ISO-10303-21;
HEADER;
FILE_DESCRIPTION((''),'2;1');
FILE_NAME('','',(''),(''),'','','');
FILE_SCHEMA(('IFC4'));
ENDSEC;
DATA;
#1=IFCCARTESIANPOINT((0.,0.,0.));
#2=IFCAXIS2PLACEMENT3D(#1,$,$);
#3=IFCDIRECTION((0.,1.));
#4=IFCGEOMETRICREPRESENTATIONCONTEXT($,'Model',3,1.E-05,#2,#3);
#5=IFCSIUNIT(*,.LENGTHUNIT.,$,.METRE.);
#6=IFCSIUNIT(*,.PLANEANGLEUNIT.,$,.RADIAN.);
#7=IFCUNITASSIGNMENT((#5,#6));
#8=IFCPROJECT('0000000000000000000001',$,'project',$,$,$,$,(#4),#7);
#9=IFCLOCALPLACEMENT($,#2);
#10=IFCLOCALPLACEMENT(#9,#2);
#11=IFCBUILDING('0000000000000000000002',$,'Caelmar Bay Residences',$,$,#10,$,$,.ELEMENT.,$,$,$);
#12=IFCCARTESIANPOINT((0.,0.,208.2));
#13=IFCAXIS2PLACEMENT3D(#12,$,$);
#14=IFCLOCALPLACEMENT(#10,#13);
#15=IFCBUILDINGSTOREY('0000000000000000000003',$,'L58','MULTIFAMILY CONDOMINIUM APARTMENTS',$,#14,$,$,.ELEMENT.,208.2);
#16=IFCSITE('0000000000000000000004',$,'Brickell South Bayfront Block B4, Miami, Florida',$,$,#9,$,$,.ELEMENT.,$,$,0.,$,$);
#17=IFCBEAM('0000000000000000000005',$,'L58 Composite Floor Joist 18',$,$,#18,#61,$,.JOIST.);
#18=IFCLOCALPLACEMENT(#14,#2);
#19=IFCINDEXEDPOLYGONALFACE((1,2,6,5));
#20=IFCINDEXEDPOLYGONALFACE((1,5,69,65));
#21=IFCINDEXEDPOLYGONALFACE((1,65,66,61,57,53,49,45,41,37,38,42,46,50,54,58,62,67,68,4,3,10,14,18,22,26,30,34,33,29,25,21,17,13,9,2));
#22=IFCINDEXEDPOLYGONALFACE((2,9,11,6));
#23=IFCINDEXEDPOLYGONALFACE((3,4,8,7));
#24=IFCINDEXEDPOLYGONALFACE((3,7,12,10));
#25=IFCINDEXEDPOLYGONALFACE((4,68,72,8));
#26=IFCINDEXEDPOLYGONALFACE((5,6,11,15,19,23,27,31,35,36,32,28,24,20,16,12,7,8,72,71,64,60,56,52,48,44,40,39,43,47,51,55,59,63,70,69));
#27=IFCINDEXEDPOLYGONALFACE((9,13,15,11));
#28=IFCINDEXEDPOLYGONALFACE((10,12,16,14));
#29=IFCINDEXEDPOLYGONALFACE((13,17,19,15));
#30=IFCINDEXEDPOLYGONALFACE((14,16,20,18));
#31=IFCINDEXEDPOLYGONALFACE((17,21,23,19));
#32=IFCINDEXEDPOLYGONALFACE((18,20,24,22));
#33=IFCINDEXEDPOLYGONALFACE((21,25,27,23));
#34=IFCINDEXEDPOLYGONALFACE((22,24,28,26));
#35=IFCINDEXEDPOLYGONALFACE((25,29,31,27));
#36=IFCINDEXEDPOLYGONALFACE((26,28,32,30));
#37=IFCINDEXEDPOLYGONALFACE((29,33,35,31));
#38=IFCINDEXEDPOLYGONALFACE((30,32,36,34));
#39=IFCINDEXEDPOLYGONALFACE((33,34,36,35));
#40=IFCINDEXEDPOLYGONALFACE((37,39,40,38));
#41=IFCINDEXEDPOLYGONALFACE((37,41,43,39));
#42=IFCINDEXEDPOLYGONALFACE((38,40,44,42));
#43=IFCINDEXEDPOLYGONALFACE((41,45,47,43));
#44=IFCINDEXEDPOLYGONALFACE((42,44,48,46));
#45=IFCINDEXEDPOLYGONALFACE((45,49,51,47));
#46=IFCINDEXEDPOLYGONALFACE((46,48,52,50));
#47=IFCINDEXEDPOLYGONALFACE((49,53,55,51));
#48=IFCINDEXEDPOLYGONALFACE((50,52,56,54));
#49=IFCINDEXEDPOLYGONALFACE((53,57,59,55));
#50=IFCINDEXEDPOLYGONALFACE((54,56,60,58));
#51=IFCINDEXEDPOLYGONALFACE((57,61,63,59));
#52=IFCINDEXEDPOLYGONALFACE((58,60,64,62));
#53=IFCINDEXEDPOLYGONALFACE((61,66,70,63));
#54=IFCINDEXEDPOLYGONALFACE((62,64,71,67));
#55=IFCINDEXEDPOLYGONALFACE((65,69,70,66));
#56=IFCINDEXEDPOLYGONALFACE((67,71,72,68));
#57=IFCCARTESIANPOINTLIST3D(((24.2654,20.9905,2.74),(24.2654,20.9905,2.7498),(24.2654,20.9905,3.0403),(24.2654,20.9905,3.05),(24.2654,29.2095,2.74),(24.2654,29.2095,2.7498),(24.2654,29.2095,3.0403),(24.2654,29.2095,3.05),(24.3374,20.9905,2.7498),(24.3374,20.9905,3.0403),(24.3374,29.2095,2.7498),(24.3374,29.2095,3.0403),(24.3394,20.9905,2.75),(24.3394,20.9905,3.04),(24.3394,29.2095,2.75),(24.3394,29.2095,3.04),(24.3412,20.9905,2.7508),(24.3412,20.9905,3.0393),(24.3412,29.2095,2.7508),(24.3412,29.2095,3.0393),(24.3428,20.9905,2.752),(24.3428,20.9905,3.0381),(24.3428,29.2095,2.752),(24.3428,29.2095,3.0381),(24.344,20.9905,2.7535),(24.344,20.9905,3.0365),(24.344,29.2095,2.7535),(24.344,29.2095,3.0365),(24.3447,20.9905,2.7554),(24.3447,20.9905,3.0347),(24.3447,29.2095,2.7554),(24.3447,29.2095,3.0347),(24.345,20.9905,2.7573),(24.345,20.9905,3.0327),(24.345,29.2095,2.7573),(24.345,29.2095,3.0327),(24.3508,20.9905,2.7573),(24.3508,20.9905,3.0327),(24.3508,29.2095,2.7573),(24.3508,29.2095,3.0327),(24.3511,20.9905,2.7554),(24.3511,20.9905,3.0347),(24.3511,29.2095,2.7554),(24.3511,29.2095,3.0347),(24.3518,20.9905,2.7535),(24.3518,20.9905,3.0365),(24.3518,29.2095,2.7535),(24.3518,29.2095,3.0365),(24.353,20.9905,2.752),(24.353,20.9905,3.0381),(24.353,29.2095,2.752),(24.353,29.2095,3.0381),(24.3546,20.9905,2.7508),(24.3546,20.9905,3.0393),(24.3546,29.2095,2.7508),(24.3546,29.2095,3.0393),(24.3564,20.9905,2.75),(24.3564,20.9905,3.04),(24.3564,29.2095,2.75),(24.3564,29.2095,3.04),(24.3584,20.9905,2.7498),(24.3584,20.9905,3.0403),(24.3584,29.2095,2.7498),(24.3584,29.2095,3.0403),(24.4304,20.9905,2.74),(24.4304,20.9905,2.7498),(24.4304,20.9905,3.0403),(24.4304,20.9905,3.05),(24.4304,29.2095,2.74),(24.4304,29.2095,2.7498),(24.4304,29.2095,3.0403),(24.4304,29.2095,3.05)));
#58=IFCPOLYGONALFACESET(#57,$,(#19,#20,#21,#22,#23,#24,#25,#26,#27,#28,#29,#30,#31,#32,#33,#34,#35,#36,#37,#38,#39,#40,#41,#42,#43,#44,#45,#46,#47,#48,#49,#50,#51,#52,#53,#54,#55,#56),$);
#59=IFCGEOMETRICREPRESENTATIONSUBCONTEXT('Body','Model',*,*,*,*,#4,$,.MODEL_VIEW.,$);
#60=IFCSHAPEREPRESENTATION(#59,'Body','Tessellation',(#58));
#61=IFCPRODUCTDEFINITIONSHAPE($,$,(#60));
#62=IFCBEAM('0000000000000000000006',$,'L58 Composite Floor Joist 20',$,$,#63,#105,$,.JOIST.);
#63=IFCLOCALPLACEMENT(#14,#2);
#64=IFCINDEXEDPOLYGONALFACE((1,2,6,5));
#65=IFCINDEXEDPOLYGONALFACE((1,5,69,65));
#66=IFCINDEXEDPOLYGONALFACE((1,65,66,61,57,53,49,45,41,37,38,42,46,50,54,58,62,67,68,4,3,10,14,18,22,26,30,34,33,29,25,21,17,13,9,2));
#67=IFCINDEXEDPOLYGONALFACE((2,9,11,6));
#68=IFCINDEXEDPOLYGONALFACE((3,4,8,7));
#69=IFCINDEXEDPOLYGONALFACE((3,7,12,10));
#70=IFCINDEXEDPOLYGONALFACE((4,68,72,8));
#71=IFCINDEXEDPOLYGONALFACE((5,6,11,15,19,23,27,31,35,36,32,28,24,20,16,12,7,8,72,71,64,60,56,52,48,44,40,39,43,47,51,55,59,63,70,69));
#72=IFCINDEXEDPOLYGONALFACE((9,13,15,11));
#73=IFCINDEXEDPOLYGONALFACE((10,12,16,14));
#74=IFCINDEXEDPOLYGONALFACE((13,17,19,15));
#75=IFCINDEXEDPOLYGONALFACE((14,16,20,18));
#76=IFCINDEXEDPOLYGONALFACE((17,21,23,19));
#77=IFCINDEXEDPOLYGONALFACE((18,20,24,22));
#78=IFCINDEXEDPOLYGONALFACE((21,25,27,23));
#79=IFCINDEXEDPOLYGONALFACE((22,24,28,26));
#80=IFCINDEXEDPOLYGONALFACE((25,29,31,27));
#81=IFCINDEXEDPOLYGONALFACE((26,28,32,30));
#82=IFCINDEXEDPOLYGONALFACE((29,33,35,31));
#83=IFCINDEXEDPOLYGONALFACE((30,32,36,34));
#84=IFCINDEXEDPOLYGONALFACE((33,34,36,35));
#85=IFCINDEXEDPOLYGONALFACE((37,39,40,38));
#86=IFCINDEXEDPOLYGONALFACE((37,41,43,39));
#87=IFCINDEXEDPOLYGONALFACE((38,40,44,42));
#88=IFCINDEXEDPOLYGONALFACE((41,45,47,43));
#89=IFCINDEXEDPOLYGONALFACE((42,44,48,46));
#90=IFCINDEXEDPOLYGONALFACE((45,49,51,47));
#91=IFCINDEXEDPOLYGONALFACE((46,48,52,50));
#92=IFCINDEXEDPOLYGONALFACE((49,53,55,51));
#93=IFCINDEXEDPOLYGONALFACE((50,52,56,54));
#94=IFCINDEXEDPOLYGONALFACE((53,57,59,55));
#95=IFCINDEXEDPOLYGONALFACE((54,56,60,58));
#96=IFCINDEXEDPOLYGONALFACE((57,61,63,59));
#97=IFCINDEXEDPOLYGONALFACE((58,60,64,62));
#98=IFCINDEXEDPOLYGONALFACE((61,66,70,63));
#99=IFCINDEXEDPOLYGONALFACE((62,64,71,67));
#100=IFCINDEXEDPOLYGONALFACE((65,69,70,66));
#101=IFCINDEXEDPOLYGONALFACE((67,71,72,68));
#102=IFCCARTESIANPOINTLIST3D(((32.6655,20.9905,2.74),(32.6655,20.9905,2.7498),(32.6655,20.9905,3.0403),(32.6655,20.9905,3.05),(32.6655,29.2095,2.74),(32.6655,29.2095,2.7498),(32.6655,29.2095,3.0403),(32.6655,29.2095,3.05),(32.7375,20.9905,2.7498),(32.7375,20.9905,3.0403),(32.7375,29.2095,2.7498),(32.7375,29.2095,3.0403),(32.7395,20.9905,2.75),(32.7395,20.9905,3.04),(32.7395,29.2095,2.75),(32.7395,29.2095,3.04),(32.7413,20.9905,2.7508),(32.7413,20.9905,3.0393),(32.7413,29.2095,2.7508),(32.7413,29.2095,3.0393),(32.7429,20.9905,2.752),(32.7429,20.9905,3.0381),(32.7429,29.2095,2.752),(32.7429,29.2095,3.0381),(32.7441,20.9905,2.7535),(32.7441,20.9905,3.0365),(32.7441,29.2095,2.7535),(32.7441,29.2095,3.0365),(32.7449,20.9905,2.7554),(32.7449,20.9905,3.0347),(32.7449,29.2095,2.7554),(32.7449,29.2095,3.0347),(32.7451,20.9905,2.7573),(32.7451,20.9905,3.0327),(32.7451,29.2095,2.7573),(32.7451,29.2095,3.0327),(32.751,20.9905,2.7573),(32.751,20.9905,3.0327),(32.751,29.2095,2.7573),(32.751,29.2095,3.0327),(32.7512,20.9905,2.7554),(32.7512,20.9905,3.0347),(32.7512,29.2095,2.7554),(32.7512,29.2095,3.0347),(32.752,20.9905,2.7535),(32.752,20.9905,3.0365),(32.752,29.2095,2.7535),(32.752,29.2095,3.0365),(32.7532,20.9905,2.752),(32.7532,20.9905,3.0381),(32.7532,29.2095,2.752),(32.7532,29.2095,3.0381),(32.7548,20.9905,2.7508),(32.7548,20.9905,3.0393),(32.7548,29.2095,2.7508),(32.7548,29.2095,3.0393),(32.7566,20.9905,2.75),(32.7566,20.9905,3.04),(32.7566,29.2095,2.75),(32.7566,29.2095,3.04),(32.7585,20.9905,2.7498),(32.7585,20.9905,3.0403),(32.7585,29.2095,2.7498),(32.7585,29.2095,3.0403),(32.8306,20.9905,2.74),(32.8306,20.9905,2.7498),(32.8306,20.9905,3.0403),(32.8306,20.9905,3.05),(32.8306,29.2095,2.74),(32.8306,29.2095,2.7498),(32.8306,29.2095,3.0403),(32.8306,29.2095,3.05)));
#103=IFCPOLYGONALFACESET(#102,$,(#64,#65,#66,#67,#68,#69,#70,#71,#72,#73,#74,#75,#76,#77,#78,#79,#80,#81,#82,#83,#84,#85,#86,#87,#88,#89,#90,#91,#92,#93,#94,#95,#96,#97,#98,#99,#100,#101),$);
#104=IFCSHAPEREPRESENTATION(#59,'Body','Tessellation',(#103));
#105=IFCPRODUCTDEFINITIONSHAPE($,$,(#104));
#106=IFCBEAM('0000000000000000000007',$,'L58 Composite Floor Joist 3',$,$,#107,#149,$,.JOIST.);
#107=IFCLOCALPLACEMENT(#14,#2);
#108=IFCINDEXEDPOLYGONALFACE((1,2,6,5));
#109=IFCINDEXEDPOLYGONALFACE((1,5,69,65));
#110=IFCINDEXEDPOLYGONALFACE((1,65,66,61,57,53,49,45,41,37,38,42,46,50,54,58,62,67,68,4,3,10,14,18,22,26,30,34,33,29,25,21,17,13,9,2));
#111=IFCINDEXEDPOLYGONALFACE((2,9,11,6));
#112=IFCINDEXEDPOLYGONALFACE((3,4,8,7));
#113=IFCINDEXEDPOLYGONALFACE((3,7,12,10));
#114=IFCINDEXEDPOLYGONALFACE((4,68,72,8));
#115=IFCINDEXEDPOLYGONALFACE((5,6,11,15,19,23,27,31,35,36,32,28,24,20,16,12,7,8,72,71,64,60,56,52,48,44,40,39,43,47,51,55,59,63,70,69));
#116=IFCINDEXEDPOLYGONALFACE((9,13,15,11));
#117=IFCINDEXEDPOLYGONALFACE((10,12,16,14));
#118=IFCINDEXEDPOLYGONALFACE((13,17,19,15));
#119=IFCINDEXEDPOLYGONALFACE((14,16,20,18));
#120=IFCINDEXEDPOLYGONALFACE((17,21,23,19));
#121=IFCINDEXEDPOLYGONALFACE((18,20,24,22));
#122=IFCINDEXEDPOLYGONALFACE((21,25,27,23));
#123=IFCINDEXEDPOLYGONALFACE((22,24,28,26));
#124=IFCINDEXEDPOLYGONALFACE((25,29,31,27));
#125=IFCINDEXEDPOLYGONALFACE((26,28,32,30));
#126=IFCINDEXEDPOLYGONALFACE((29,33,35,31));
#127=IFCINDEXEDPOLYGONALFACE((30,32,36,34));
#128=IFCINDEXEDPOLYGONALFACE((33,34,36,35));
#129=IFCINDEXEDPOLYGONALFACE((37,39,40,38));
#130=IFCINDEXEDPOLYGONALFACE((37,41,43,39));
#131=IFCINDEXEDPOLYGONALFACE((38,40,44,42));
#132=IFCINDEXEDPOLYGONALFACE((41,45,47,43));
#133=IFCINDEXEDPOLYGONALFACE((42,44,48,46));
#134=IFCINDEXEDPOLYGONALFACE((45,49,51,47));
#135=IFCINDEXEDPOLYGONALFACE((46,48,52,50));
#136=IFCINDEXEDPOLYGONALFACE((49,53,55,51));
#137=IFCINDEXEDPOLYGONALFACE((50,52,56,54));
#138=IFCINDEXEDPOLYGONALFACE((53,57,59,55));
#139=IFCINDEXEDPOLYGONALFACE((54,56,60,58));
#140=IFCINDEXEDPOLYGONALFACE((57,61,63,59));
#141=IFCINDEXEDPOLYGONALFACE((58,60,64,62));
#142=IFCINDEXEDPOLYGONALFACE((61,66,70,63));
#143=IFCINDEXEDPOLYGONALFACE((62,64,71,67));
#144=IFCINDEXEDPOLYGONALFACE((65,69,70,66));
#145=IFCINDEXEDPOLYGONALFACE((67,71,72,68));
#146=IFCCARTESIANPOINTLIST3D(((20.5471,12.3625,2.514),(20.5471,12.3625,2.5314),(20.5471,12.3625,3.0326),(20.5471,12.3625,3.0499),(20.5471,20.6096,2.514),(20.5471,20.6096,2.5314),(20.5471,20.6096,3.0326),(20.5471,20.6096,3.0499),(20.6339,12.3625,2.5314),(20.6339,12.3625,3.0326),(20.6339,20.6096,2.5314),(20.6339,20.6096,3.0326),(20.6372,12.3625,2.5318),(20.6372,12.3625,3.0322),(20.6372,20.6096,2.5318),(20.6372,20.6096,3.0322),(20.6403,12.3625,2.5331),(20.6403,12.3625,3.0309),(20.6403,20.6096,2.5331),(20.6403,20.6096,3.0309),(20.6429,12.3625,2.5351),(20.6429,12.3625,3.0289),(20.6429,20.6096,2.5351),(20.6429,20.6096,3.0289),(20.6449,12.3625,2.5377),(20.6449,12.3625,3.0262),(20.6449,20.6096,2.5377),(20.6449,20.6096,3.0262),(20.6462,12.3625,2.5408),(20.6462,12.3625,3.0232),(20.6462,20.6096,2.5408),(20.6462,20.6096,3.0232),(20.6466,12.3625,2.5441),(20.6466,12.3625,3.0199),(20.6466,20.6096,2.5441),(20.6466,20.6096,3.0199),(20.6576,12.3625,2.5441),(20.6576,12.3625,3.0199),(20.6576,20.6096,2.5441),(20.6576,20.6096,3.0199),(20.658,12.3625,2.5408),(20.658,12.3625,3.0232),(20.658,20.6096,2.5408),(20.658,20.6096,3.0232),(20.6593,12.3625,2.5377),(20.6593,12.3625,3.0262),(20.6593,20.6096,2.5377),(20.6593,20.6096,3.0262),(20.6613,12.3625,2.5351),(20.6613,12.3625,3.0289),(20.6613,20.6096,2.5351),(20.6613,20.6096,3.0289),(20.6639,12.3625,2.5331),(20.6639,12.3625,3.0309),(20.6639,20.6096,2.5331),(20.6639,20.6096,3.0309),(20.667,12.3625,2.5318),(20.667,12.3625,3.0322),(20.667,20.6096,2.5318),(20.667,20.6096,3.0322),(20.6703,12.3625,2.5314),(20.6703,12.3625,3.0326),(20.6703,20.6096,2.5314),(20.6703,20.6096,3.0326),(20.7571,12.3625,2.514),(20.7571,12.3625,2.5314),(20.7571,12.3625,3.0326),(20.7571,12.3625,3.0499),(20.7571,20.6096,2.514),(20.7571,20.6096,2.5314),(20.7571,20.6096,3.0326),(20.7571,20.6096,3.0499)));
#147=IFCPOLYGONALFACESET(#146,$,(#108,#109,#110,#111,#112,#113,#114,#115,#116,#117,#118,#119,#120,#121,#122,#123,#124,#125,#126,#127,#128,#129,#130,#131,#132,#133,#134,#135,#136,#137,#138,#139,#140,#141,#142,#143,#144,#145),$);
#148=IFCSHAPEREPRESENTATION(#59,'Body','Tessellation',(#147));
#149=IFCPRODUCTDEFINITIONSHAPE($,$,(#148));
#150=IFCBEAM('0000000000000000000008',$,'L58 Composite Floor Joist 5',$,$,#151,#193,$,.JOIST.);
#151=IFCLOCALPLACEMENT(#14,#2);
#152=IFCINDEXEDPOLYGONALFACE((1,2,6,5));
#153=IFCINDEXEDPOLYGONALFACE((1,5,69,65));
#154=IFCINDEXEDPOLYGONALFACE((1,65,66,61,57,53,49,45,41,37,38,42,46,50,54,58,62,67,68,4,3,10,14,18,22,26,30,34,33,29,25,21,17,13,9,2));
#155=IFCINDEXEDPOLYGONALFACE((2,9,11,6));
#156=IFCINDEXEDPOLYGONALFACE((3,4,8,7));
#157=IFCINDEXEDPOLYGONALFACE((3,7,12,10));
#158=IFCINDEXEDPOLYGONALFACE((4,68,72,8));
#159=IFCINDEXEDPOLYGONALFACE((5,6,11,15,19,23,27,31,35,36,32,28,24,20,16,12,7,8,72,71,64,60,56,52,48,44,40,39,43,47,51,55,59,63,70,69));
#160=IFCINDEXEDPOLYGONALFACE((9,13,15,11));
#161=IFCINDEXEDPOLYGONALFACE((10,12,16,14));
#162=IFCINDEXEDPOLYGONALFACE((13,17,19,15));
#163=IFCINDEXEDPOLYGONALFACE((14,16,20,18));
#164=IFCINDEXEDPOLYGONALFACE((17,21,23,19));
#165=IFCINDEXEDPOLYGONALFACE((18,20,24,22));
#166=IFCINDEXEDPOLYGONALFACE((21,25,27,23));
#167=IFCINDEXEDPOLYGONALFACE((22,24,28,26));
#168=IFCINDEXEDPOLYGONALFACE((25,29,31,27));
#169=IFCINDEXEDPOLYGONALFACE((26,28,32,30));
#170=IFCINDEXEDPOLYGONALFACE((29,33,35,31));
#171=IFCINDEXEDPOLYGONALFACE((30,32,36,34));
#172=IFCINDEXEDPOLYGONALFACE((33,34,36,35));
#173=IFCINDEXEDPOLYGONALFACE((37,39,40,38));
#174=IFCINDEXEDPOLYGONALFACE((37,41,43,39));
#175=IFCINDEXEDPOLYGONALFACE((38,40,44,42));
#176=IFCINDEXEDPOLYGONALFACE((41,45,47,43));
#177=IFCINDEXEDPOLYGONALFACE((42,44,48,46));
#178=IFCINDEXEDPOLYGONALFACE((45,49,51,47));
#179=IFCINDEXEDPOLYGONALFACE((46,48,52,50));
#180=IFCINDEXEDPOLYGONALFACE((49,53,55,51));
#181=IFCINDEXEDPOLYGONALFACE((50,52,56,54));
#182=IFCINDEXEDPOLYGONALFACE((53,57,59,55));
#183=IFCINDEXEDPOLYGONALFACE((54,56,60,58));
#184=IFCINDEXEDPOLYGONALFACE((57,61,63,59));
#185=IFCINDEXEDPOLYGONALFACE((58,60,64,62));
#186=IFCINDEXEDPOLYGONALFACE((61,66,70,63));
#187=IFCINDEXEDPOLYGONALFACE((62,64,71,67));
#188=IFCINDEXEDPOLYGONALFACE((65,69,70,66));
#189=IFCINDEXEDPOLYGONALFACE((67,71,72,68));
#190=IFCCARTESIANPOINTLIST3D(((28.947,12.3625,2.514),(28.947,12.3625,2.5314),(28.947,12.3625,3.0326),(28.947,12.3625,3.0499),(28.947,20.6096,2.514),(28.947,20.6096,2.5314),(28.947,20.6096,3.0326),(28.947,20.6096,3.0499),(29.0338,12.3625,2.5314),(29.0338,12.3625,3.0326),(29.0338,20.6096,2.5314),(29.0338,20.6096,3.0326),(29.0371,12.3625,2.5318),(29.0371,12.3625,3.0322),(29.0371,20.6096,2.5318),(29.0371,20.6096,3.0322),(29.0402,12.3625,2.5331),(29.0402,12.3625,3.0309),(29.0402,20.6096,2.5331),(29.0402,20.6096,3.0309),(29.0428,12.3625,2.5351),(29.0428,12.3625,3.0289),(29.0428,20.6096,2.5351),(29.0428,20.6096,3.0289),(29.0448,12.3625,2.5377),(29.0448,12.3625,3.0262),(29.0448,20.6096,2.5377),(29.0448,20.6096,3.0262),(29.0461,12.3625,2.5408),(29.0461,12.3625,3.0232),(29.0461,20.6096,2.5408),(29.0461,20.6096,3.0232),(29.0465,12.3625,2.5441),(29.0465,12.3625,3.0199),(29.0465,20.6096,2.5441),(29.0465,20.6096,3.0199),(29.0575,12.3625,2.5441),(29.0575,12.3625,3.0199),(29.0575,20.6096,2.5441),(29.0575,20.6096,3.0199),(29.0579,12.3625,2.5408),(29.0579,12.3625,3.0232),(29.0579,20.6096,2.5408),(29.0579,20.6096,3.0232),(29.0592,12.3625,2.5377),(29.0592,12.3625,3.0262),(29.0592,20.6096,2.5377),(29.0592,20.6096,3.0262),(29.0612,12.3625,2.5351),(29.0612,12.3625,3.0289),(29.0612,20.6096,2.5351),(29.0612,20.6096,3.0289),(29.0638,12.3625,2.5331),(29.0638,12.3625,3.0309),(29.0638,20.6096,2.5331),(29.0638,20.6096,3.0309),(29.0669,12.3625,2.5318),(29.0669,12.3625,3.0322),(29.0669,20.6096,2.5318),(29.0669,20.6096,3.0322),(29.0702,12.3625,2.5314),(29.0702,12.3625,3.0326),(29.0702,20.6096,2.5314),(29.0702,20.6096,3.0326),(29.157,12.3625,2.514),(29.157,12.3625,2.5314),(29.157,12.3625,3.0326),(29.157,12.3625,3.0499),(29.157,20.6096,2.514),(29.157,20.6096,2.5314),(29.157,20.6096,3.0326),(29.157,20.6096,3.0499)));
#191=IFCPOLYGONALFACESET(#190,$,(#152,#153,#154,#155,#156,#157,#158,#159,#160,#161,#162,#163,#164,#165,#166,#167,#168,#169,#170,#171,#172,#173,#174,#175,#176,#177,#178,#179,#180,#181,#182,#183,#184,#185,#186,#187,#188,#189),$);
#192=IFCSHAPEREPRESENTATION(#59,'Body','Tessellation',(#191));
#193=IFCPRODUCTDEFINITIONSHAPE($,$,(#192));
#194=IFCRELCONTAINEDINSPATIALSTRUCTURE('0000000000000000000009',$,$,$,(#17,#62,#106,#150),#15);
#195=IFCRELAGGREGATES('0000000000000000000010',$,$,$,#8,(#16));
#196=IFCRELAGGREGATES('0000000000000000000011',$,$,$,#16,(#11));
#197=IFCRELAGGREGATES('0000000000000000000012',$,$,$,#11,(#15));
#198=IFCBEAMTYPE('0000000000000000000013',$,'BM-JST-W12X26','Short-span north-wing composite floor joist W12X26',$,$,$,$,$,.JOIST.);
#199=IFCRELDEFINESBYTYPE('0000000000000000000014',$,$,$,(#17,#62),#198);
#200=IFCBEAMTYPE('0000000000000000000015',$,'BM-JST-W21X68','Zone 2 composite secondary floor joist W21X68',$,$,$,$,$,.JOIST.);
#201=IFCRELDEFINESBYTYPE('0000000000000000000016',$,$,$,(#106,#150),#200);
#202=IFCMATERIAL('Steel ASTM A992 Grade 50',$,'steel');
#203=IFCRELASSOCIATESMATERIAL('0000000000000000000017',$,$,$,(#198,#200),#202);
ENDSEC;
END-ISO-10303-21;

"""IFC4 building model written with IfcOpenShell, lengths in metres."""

from ifc_helpers import new_model, si_unit, direction, frame, origin, origin_2d, place, context, subcontext, project, spatial, i_section, extrude, material, material_profile, profile_set, type_object, element, save


model = new_model("IFC4")

# Units and contexts
model_context = context("Model", 3, precision=1e-05, world=origin(), true_north=direction((0.0, 1.0)))
body_context = subcontext(model_context, "Body", "Model", "MODEL_VIEW")
ifc_project = project(units=[si_unit("LENGTHUNIT", "METRE"), si_unit("PLANEANGLEUNIT", "RADIAN")], contexts=[model_context])

# Site, building, storey
site_placement = place(None, origin())
site = spatial("IfcSite", under=ifc_project, at=site_placement, Name="Brickell South Bayfront Block B4, Miami, Florida", CompositionType="ELEMENT", RefElevation=0.0)
building_placement = place(site_placement, origin())
building = spatial("IfcBuilding", under=site, at=building_placement, Name="Caelmar Bay Residences", CompositionType="ELEMENT")
storey_placement = place(building_placement, frame((0.0, 0.0, 208.2)))
storey = spatial("IfcBuildingStorey", under=building, at=storey_placement, Name="L58", Description="MULTIFAMILY CONDOMINIUM APARTMENTS", CompositionType="ELEMENT", Elevation=208.2)

# Beams
ifc_material_1 = material(Name="Steel ASTM A992 Grade 50", Category="steel")
ifc_material_profile_1 = material_profile(ifc_material_1, i_section(OverallWidth=0.165, OverallDepth=0.3101, WebThickness=0.0059, FlangeThickness=0.0098, FilletRadius=0.0076, at=origin_2d()), Name="W12X26")
ifc_profile_set_1 = profile_set([ifc_material_profile_1], Name="Steel ASTM A992 Grade 50")
beam_type_1 = type_object("IfcBeamType", Name="BM-JST-W12X26", Description="Short-span north-wing composite floor joist W12X26", PredefinedType="JOIST", material=ifc_profile_set_1)
for number, where, z_axis, x_axis, name in (
    (1, (24.3479, 20.9905, 2.895), (0.0, 1.0, 0.0), (-1.0, 0.0, 0.0), "L58 Composite Floor Joist 18"),
    (2, (32.748, 20.9905, 2.895), (0.0, 1.0, 0.0), (-1.0, 0.0, 0.0), "L58 Composite Floor Joist 20"),
):
    element("IfcBeam", number, at=place(storey_placement, frame(where, z_axis=z_axis, x_axis=x_axis)), inside=storey, type_object=beam_type_1, Name=name, PredefinedType="JOIST", context=body_context, shape_type="SweptSolid", body=[
        extrude(i_section(OverallWidth=0.165, OverallDepth=0.3101, WebThickness=0.0059, FlangeThickness=0.0098, FilletRadius=0.0076, at=origin_2d()), origin(), (0.0, 0.0, 1.0), 8.219),
    ])
ifc_material_profile_2 = material_profile(ifc_material_1, i_section(OverallWidth=0.21, OverallDepth=0.5359, WebThickness=0.011, FlangeThickness=0.0173, FilletRadius=0.0127, at=origin_2d()), Name="W21X68")
ifc_profile_set_2 = profile_set([ifc_material_profile_2], Name="Steel ASTM A992 Grade 50")
beam_type_2 = type_object("IfcBeamType", Name="BM-JST-W21X68", Description="Zone 2 composite secondary floor joist W21X68", PredefinedType="JOIST", material=ifc_profile_set_2)
for number, where, z_axis, x_axis, name in (
    (3, (20.6521, 12.3625, 2.782), (0.0, 1.0, 0.0), (-1.0, 0.0, 0.0), "L58 Composite Floor Joist 3"),
    (4, (29.052, 12.3625, 2.782), (0.0, 1.0, 0.0), (-1.0, 0.0, 0.0), "L58 Composite Floor Joist 5"),
):
    element("IfcBeam", number, at=place(storey_placement, frame(where, z_axis=z_axis, x_axis=x_axis)), inside=storey, type_object=beam_type_2, Name=name, PredefinedType="JOIST", context=body_context, shape_type="SweptSolid", body=[
        extrude(i_section(OverallWidth=0.21, OverallDepth=0.5359, WebThickness=0.011, FlangeThickness=0.0173, FilletRadius=0.0127, at=origin_2d()), origin(), (0.0, 0.0, 1.0), 8.2471),
    ])

save(model, "model.ifc")
